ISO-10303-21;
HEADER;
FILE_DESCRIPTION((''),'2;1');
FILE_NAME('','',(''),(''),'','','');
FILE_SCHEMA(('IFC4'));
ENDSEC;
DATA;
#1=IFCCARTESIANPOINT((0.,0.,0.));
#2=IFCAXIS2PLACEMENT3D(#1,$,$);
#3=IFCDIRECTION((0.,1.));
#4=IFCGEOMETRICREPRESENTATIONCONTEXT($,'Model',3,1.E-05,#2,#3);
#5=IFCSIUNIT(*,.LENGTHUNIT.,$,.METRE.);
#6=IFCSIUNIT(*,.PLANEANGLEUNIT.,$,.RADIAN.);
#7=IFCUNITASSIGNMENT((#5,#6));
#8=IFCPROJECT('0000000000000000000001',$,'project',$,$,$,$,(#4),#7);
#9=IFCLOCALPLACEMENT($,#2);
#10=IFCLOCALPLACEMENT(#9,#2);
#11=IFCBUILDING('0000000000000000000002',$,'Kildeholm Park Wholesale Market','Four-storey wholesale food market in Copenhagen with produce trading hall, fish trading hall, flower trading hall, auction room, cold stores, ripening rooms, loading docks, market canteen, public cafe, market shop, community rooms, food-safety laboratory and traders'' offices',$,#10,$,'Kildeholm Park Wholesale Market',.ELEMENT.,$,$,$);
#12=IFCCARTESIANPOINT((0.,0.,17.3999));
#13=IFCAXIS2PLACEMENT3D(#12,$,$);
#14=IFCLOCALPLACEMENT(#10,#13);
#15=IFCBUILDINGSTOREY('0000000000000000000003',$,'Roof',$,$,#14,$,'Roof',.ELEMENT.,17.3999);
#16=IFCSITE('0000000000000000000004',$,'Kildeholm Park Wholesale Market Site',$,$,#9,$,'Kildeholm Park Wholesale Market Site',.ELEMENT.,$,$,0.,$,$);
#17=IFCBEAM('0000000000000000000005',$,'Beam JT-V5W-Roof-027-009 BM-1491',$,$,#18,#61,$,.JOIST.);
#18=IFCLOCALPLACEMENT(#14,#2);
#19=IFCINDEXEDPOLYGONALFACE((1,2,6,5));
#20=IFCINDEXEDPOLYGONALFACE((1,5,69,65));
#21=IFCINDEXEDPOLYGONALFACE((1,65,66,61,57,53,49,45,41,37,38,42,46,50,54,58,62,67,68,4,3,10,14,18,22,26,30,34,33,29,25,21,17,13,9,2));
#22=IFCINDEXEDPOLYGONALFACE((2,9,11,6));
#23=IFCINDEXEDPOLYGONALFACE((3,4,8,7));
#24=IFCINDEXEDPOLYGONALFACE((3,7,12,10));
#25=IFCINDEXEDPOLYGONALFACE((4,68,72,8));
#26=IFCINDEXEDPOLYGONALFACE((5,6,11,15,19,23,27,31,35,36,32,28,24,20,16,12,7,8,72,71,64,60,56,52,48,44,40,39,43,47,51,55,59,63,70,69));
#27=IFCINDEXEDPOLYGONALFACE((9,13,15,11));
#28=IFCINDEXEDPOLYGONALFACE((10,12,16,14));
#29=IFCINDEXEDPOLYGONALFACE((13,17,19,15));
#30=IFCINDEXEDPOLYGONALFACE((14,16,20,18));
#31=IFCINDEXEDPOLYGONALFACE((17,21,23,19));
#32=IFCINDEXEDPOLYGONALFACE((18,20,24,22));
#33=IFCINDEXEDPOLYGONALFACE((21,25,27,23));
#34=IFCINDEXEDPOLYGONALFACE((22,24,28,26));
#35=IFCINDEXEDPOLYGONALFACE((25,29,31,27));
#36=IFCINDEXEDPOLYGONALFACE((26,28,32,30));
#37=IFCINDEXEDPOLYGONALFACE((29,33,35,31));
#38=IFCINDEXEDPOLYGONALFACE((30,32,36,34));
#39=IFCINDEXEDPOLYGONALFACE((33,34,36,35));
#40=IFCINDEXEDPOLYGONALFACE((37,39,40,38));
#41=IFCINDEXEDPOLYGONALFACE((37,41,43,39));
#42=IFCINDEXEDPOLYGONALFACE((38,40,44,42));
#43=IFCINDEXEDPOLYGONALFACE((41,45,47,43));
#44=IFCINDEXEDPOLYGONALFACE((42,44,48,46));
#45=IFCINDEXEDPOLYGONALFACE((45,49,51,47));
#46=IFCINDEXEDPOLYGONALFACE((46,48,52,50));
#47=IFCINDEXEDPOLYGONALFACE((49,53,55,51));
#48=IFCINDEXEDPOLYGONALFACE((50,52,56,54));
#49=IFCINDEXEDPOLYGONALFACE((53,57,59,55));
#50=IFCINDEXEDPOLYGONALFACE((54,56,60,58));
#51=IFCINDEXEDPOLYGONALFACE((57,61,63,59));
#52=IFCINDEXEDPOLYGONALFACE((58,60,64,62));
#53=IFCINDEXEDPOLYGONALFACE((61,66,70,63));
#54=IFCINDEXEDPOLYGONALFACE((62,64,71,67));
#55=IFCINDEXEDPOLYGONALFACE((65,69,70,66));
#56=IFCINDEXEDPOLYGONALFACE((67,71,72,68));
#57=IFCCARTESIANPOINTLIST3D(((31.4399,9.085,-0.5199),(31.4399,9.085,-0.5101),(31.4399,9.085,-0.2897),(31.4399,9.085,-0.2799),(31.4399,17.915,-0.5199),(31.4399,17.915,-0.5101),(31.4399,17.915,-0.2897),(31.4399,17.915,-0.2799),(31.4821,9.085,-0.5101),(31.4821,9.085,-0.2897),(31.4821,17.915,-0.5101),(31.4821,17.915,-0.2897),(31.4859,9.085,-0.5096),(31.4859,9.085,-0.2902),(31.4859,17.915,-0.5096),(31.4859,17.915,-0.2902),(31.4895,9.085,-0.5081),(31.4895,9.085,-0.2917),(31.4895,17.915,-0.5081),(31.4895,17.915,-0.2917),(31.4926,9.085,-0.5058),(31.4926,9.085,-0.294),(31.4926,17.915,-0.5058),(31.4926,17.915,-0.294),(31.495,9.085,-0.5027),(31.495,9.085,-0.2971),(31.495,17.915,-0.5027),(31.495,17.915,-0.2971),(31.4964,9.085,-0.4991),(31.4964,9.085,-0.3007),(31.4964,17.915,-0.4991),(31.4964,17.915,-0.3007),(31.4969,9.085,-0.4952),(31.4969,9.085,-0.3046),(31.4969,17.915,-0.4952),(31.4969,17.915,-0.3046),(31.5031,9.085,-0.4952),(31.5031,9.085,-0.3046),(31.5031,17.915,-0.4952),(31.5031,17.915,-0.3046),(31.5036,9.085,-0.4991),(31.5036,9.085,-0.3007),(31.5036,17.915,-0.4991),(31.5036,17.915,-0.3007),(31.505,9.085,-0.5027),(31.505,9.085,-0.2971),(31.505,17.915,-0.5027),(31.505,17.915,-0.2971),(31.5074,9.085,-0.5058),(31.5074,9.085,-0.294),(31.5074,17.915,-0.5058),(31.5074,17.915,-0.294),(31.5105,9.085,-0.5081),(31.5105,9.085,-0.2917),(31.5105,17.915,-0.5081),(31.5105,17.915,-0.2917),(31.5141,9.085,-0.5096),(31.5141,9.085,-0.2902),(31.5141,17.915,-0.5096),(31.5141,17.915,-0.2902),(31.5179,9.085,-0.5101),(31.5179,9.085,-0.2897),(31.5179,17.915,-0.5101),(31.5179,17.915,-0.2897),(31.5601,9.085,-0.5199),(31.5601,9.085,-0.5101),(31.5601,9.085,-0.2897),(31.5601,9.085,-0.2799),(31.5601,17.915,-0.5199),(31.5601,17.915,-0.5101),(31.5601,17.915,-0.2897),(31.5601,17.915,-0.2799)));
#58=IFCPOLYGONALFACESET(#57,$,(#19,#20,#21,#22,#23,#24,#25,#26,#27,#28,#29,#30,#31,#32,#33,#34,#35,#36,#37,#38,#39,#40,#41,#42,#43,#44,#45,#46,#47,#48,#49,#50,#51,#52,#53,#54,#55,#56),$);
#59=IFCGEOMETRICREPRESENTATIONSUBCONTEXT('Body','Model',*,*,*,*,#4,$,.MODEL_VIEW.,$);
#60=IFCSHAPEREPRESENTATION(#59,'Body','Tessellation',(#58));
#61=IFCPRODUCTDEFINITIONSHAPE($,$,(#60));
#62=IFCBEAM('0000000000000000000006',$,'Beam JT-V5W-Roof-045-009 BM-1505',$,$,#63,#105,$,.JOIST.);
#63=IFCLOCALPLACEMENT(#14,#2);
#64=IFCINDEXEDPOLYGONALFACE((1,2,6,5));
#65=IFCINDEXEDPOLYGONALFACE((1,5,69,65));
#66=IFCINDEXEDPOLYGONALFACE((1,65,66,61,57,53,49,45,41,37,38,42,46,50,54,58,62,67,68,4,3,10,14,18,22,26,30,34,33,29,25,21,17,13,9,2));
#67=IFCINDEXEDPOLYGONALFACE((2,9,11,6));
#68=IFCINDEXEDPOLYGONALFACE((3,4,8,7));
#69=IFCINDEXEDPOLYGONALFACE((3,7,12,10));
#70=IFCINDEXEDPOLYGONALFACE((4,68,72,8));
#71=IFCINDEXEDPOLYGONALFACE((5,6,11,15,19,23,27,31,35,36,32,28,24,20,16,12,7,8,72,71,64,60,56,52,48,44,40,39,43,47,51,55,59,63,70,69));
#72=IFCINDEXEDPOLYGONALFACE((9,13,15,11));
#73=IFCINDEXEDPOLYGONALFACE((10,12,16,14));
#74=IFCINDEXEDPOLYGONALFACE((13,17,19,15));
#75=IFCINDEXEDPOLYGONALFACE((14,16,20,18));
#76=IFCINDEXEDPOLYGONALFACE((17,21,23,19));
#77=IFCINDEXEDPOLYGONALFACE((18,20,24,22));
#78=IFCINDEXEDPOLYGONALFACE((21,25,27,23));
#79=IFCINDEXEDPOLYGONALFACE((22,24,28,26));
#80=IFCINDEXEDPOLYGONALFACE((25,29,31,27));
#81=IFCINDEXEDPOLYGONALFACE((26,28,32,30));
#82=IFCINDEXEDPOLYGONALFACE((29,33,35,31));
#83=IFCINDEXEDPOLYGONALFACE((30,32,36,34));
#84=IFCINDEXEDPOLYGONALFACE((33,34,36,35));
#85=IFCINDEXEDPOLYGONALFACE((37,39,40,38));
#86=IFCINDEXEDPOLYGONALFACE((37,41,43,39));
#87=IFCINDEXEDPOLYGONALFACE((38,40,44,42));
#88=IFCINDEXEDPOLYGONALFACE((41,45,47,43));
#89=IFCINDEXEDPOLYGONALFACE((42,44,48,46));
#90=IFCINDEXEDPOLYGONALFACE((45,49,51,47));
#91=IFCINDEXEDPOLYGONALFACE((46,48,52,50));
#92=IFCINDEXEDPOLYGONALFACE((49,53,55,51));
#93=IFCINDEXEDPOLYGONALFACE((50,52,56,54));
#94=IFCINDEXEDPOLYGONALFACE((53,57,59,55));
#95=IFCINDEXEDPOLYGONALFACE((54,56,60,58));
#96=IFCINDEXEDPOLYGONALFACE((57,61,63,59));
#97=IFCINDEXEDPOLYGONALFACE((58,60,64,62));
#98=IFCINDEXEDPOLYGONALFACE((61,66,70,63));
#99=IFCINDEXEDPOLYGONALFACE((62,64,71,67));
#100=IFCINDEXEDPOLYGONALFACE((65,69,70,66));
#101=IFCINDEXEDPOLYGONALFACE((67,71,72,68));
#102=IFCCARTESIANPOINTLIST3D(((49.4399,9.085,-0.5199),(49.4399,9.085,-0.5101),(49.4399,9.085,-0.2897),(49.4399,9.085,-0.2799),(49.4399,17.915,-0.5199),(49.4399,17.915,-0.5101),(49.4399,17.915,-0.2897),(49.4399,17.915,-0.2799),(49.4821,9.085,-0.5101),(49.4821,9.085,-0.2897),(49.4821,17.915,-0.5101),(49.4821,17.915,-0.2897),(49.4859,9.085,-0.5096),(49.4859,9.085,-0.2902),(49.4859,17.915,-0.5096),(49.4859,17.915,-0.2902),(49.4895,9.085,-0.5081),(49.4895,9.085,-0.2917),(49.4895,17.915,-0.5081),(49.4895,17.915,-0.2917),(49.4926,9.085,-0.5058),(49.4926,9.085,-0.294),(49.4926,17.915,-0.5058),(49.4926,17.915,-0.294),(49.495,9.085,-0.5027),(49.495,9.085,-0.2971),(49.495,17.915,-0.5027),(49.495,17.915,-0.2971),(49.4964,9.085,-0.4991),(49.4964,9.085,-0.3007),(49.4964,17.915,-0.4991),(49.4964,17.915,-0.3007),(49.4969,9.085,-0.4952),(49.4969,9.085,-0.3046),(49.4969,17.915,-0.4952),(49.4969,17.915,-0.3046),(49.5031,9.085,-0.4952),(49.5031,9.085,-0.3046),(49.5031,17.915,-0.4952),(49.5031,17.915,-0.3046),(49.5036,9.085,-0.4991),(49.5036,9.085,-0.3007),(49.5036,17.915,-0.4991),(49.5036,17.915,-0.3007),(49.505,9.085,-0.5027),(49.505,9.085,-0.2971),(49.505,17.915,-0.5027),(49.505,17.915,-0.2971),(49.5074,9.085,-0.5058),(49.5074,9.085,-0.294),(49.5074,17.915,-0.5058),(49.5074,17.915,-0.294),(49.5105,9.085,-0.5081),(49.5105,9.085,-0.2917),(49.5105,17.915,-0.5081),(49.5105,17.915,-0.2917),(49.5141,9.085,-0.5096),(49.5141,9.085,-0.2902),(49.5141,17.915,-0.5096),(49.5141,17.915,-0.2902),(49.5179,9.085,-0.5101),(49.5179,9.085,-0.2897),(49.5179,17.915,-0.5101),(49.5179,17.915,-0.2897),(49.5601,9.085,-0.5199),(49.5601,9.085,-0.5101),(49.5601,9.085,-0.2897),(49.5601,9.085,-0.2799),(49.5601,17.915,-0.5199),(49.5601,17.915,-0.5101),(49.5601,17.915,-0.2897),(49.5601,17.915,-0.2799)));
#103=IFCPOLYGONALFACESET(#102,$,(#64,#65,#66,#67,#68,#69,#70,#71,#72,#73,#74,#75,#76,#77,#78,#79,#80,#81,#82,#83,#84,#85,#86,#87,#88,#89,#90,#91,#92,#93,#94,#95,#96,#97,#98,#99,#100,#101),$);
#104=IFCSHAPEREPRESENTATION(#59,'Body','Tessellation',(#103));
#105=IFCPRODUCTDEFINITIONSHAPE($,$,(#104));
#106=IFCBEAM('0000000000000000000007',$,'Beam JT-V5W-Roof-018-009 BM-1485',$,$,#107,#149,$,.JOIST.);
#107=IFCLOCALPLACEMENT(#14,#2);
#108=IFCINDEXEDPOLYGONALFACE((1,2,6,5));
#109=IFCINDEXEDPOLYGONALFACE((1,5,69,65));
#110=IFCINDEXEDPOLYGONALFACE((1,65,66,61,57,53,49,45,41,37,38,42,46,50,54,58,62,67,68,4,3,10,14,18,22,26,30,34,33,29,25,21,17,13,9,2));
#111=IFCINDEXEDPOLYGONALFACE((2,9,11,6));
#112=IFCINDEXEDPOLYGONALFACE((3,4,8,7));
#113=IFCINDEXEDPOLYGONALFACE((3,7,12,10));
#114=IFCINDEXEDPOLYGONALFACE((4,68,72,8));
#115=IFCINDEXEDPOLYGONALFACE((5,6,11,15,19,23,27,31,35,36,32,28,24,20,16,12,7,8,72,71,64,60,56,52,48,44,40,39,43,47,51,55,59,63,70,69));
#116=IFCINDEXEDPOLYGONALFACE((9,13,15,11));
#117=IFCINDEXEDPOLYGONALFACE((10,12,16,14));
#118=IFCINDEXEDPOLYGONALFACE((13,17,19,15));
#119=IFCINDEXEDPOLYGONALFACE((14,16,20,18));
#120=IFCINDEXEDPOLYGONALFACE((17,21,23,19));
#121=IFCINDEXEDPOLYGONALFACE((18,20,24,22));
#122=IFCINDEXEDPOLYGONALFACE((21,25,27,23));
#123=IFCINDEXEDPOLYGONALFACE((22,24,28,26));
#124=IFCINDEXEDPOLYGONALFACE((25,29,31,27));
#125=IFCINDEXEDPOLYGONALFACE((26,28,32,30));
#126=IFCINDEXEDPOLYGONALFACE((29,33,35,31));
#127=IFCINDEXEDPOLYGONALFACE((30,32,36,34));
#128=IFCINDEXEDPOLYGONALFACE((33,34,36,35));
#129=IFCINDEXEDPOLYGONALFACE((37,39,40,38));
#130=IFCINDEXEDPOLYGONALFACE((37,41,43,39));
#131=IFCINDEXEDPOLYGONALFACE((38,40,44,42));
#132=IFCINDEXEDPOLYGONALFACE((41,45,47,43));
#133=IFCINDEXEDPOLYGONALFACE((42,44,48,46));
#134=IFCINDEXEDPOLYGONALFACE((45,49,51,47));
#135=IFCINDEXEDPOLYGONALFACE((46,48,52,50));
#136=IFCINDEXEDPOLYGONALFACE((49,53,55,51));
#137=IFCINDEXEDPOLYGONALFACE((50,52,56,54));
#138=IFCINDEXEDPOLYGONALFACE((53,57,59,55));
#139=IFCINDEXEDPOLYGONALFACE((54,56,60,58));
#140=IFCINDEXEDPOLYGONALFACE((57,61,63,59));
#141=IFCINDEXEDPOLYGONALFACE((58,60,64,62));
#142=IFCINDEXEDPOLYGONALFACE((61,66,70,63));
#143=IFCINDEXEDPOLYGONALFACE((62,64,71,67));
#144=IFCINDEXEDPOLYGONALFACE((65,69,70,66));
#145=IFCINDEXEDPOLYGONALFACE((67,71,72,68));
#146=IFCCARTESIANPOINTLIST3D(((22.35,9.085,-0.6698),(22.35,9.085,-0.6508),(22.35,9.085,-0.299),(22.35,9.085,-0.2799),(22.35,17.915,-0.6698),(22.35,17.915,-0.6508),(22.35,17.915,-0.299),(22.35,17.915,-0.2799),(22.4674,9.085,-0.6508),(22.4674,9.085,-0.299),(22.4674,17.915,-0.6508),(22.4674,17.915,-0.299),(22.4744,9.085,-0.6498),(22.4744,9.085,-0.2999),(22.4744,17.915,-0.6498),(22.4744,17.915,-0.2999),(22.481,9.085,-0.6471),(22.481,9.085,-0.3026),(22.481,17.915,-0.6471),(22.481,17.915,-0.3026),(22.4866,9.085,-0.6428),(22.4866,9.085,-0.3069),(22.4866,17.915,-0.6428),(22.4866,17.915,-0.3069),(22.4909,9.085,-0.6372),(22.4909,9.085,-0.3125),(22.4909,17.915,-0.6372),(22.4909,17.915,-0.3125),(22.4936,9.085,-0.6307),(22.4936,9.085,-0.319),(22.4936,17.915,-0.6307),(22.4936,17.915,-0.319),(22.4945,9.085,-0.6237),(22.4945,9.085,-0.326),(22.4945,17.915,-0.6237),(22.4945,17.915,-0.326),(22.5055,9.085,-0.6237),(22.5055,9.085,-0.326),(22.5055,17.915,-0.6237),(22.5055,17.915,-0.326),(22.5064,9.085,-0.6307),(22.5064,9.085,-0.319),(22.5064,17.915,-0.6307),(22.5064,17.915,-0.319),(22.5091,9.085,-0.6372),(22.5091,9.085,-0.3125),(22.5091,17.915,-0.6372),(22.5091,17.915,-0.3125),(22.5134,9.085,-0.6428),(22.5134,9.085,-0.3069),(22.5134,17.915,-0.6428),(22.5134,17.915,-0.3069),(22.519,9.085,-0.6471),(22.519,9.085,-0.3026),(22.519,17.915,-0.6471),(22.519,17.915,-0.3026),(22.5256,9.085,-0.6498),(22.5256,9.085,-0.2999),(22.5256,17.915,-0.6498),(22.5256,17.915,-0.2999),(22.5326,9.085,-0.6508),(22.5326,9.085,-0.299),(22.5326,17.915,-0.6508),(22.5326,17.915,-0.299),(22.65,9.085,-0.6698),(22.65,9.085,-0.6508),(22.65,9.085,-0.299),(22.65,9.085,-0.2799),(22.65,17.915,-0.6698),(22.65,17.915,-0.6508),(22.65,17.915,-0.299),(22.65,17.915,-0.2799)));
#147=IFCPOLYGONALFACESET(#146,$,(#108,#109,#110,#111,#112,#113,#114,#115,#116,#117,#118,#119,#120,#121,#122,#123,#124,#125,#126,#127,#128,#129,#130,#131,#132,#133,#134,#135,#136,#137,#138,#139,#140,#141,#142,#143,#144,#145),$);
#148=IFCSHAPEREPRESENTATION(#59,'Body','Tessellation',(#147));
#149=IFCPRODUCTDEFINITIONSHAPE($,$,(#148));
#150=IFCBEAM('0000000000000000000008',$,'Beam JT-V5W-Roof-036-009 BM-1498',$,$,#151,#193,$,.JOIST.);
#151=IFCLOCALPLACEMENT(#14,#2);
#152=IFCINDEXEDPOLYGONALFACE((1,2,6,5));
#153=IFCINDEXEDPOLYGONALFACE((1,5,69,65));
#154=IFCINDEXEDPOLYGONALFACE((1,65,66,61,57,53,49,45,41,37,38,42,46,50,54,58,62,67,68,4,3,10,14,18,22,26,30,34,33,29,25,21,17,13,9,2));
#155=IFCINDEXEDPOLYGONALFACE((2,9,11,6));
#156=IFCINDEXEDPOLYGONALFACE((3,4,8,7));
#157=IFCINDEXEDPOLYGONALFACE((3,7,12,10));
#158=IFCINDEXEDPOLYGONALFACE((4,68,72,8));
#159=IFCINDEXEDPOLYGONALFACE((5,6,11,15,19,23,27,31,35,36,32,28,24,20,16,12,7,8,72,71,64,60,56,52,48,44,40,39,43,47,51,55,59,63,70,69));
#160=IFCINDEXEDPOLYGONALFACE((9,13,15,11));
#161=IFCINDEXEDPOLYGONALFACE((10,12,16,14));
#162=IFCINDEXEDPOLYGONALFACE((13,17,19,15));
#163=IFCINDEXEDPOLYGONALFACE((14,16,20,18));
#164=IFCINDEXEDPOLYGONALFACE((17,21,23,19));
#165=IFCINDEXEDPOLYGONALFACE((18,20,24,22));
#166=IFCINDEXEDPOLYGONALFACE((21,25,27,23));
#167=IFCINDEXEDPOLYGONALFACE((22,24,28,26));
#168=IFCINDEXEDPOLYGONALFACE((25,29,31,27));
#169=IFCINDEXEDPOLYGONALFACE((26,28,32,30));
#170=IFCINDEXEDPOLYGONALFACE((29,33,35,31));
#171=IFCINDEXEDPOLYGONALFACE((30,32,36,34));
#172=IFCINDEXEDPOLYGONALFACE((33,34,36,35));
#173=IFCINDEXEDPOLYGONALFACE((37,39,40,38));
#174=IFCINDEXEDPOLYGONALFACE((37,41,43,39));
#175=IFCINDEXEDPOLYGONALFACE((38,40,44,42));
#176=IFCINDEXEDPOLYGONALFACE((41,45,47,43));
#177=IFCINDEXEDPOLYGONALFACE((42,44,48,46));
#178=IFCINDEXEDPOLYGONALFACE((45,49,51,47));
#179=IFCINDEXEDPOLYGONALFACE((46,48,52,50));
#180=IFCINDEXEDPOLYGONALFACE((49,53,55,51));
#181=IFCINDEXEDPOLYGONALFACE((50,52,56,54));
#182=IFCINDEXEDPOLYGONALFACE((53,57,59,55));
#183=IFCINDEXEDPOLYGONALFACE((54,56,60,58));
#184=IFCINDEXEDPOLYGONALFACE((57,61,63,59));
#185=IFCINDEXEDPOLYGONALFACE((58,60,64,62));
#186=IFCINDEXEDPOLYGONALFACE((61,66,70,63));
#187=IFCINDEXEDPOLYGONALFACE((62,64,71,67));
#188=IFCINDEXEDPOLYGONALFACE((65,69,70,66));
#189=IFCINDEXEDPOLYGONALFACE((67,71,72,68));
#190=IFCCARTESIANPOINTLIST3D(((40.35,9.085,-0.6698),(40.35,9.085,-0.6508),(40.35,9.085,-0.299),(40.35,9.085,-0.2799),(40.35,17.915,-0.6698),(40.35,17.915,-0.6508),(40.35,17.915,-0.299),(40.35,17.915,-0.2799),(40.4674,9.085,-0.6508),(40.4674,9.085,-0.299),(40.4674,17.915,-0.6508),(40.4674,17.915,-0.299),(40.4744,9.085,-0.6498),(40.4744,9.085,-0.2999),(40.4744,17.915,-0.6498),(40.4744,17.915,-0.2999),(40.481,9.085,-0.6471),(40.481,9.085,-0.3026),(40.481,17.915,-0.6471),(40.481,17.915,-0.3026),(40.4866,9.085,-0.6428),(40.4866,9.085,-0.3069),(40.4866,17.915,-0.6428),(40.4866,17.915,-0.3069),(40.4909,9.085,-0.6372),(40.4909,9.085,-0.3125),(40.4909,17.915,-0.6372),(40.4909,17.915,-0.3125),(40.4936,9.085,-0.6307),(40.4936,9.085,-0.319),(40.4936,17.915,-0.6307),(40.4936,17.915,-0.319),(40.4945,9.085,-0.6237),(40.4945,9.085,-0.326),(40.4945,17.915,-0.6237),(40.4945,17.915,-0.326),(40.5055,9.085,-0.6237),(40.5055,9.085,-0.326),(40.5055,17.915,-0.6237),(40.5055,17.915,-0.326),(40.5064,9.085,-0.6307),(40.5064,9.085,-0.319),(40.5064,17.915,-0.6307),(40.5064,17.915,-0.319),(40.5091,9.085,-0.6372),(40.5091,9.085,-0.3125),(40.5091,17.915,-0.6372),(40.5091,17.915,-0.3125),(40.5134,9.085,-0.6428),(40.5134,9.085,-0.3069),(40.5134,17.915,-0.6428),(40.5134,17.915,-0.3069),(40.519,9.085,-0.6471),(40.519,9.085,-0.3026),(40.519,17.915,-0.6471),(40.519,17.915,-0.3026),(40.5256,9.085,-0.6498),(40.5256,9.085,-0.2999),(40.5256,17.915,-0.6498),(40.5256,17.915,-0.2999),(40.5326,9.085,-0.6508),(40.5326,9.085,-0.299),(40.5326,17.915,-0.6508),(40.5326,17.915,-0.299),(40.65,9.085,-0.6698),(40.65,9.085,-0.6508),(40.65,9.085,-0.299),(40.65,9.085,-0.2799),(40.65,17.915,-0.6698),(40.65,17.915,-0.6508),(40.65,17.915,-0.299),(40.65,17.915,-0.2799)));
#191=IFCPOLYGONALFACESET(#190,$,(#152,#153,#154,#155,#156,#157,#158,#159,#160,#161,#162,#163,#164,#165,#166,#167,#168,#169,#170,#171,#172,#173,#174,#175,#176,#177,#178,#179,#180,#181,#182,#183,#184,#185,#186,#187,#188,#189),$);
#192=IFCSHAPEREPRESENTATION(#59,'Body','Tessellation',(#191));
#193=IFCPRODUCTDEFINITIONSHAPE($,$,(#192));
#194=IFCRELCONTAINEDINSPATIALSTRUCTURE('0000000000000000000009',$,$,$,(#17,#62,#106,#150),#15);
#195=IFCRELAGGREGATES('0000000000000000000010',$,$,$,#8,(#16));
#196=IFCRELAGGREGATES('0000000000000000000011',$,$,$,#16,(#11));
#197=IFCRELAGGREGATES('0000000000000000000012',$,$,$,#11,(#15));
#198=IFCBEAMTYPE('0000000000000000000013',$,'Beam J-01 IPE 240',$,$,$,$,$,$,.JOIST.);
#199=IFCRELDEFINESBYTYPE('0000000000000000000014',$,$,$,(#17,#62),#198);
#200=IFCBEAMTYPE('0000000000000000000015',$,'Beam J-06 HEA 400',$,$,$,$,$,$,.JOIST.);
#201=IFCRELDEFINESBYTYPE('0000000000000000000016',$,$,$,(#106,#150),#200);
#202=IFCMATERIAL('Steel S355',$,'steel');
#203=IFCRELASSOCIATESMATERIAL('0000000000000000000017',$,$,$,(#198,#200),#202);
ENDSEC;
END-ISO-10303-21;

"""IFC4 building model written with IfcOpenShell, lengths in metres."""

from ifc_helpers import new_model, si_unit, direction, frame, origin, origin_2d, place, context, subcontext, project, spatial, i_section, extrude, material, material_profile, profile_set, type_object, element, save


model = new_model("IFC4")

# Units and contexts
model_context = context("Model", 3, precision=1e-05, world=origin(), true_north=direction((0.0, 1.0)))
body_context = subcontext(model_context, "Body", "Model", "MODEL_VIEW")
ifc_project = project(units=[si_unit("LENGTHUNIT", "METRE"), si_unit("PLANEANGLEUNIT", "RADIAN")], contexts=[model_context])

# Site, building, storey
site_placement = place(None, origin())
site = spatial("IfcSite", under=ifc_project, at=site_placement, Name="Kildeholm Park Wholesale Market Site", LongName="Kildeholm Park Wholesale Market Site", CompositionType="ELEMENT", RefElevation=0.0)
building_placement = place(site_placement, origin())
building = spatial("IfcBuilding", under=site, at=building_placement, Name="Kildeholm Park Wholesale Market", Description="Four-storey wholesale food market in Copenhagen with produce trading hall, fish trading hall, flower trading hall, auction room, cold stores, ripening rooms, loading docks, market canteen, public cafe, market shop, community rooms, food-safety laboratory and traders' offices", LongName="Kildeholm Park Wholesale Market", CompositionType="ELEMENT")
storey_placement = place(building_placement, frame((0.0, 0.0, 17.3999)))
storey = spatial("IfcBuildingStorey", under=building, at=storey_placement, Name="Roof", LongName="Roof", CompositionType="ELEMENT", Elevation=17.3999)

# Beams
ifc_material_1 = material(Name="Steel S355", Category="steel")
ifc_material_profile_1 = material_profile(ifc_material_1, i_section(OverallWidth=0.1201, OverallDepth=0.24, WebThickness=0.0061, FlangeThickness=0.0098, FilletRadius=0.0149, at=origin_2d()), Name="IPE 240")
ifc_profile_set_1 = profile_set([ifc_material_profile_1], Name="Steel S355")
beam_type_1 = type_object("IfcBeamType", Name="Beam J-01 IPE 240", PredefinedType="JOIST", material=ifc_profile_set_1)
for number, where, z_axis, x_axis, name in (
    (1, (31.5, 9.085, -0.3999), (0.0, 1.0, 0.0), (-1.0, 0.0, 0.0), "Beam JT-V5W-Roof-027-009 BM-1491"),
    (2, (49.5, 9.085, -0.3999), (0.0, 1.0, 0.0), (-1.0, 0.0, 0.0), "Beam JT-V5W-Roof-045-009 BM-1505"),
):
    element("IfcBeam", number, at=place(storey_placement, frame(where, z_axis=z_axis, x_axis=x_axis)), inside=storey, type_object=beam_type_1, Name=name, PredefinedType="JOIST", context=body_context, shape_type="SweptSolid", body=[
        extrude(i_section(OverallWidth=0.1201, OverallDepth=0.24, WebThickness=0.0061, FlangeThickness=0.0098, FilletRadius=0.0149, at=origin_2d()), origin(), (0.0, 0.0, 1.0), 8.8301),
    ])
ifc_material_profile_2 = material_profile(ifc_material_1, i_section(OverallWidth=0.3, OverallDepth=0.3899, WebThickness=0.011, FlangeThickness=0.019, FilletRadius=0.0271, at=origin_2d()), Name="HEA 400")
ifc_profile_set_2 = profile_set([ifc_material_profile_2], Name="Steel S355")
beam_type_2 = type_object("IfcBeamType", Name="Beam J-06 HEA 400", PredefinedType="JOIST", material=ifc_profile_set_2)
for number, where, z_axis, x_axis, name in (
    (3, (22.5, 9.085, -0.4749), (0.0, 1.0, 0.0), (-1.0, 0.0, 0.0), "Beam JT-V5W-Roof-018-009 BM-1485"),
    (4, (40.5, 9.085, -0.4749), (0.0, 1.0, 0.0), (-1.0, 0.0, 0.0), "Beam JT-V5W-Roof-036-009 BM-1498"),
):
    element("IfcBeam", number, at=place(storey_placement, frame(where, z_axis=z_axis, x_axis=x_axis)), inside=storey, type_object=beam_type_2, Name=name, PredefinedType="JOIST", context=body_context, shape_type="SweptSolid", body=[
        extrude(i_section(OverallWidth=0.3, OverallDepth=0.3899, WebThickness=0.011, FlangeThickness=0.019, FilletRadius=0.0271, at=origin_2d()), origin(), (0.0, 0.0, 1.0), 8.8301),
    ])

save(model, "model.ifc")
